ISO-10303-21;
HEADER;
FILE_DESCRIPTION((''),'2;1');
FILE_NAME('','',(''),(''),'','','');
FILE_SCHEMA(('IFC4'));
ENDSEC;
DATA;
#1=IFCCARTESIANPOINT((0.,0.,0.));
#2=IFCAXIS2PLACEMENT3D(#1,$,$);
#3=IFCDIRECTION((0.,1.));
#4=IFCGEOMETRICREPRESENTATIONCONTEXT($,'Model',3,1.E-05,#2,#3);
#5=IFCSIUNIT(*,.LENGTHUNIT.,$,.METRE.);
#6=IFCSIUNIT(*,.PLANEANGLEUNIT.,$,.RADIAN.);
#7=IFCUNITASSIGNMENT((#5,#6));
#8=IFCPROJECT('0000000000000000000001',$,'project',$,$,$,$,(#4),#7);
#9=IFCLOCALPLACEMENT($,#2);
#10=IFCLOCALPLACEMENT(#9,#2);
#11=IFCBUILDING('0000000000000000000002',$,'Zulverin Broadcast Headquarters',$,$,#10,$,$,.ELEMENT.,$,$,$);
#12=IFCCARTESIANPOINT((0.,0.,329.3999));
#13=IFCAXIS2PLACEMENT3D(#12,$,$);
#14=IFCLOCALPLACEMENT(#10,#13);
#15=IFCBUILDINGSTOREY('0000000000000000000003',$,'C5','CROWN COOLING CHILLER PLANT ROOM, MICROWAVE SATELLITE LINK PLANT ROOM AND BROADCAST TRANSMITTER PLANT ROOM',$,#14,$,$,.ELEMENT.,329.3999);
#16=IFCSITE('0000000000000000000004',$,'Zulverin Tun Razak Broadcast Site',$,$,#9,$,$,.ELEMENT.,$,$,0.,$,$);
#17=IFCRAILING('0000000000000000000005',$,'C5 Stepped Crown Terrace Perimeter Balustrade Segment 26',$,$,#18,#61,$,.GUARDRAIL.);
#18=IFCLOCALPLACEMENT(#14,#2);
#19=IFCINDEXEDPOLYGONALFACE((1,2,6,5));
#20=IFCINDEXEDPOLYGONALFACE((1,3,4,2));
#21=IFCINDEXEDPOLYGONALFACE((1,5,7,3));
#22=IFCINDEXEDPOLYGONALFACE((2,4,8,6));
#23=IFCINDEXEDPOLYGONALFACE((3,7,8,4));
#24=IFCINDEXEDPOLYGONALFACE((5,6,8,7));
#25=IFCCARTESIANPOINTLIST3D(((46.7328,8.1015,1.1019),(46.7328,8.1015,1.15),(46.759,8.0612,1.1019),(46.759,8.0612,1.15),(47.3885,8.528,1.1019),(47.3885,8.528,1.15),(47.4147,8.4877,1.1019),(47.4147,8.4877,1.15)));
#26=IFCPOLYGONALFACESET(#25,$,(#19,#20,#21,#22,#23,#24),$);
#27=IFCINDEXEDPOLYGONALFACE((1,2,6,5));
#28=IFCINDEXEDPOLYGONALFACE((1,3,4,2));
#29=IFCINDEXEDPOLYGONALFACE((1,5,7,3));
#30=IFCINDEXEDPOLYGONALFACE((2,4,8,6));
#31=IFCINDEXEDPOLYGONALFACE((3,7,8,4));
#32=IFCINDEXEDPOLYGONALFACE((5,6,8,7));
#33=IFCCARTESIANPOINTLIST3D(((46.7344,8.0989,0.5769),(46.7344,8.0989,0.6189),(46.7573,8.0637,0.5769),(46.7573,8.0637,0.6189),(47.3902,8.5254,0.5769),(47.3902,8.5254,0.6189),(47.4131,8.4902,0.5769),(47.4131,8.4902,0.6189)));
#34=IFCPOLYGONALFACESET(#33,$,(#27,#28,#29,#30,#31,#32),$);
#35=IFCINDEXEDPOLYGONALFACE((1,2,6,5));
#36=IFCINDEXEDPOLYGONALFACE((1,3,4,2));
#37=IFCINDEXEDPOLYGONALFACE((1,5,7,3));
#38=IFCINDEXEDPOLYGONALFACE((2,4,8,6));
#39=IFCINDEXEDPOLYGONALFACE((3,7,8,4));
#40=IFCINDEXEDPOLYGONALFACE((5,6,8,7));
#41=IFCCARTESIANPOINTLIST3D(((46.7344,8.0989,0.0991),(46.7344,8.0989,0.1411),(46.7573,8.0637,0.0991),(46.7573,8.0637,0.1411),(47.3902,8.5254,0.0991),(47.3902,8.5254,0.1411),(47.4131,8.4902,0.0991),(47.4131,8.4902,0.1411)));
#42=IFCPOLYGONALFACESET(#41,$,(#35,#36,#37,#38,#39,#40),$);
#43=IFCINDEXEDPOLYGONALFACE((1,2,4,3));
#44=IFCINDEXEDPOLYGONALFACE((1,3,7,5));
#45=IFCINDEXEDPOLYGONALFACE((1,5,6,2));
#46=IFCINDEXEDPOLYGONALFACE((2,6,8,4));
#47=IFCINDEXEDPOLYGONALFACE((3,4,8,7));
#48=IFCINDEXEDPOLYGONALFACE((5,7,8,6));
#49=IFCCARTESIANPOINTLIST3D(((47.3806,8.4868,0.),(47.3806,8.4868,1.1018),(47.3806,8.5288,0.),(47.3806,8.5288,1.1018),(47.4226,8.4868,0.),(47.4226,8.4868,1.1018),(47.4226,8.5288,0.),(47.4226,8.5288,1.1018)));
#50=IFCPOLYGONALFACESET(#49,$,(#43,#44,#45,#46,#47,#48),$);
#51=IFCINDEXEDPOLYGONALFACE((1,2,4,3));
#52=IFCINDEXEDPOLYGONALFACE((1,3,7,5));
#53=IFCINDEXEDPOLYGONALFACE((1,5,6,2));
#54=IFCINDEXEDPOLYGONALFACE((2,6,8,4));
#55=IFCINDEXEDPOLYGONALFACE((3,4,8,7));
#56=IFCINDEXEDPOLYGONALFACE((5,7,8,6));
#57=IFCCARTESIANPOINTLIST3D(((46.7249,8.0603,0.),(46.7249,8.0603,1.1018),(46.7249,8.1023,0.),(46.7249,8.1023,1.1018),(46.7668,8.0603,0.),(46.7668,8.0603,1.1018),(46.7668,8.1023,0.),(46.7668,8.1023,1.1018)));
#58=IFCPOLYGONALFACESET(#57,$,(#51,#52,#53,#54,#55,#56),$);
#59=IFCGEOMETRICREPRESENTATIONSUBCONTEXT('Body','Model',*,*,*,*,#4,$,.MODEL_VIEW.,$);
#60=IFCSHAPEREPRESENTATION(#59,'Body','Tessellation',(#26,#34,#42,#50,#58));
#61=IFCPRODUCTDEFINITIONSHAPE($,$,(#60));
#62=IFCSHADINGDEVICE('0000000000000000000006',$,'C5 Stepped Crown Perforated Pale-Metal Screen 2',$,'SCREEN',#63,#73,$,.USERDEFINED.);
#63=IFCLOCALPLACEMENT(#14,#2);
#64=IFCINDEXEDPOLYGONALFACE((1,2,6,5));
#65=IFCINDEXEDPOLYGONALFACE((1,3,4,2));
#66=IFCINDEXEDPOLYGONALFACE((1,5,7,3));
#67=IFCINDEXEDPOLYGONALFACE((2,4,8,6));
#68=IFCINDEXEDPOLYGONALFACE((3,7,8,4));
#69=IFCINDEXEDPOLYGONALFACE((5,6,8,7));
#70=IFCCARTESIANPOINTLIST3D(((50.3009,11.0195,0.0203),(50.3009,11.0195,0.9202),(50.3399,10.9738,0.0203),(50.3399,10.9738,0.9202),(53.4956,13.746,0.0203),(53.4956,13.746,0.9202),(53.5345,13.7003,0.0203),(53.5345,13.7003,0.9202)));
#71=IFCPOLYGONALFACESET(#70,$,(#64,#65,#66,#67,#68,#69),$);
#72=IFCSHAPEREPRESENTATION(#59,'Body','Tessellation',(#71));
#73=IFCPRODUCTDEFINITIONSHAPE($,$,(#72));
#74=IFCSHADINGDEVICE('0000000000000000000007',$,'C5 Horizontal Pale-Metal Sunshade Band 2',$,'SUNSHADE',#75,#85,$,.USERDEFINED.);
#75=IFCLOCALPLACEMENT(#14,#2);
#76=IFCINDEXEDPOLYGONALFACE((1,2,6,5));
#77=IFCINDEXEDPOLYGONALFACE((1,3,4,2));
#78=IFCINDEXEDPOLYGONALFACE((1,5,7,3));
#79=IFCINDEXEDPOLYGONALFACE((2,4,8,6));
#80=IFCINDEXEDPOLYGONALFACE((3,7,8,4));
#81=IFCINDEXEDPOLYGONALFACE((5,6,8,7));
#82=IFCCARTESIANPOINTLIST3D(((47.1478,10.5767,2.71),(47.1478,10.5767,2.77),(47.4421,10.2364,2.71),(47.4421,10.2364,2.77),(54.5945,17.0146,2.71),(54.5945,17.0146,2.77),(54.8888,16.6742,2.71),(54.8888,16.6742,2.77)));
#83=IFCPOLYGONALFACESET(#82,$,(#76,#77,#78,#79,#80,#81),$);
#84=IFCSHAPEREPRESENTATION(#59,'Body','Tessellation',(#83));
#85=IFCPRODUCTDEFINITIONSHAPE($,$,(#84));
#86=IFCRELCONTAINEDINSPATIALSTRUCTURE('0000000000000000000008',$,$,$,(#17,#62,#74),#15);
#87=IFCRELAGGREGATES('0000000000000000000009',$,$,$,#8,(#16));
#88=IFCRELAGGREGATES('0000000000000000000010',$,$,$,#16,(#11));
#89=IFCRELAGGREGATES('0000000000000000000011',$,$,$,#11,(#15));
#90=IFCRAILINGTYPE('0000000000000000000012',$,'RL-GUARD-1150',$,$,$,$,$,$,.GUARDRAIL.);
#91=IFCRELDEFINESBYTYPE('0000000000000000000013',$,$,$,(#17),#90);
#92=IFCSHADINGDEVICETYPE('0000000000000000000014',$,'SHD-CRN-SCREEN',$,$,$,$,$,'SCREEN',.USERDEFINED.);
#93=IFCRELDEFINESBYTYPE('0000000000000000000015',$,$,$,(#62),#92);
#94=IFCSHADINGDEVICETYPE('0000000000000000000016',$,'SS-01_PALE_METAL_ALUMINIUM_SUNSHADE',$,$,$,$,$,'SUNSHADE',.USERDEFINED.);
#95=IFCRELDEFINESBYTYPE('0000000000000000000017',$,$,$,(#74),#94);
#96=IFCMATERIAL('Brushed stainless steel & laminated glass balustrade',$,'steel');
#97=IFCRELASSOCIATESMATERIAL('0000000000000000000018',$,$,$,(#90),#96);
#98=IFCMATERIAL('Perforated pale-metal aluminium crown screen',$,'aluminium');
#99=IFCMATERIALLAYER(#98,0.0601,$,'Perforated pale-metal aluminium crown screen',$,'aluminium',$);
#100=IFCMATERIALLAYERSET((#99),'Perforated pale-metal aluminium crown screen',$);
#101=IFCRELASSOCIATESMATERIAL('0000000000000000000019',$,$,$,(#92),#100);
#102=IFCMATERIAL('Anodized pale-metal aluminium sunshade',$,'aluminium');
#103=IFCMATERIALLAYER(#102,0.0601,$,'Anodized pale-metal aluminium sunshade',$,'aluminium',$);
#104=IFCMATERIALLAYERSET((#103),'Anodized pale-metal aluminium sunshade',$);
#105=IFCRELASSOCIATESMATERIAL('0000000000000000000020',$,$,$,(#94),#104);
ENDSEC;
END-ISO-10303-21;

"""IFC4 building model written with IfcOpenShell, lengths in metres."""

from ifc_helpers import new_model, si_unit, direction, frame, origin, origin_2d, place, context, subcontext, project, spatial, rectangle, extrude, material, layer, layer_set, type_object, element, save


model = new_model("IFC4")

# Units and contexts
model_context = context("Model", 3, precision=1e-05, world=origin(), true_north=direction((0.0, 1.0)))
body_context = subcontext(model_context, "Body", "Model", "MODEL_VIEW")
ifc_project = project(units=[si_unit("LENGTHUNIT", "METRE"), si_unit("PLANEANGLEUNIT", "RADIAN")], contexts=[model_context])

# Site, building, storey
site_placement = place(None, origin())
site = spatial("IfcSite", under=ifc_project, at=site_placement, Name="Zulverin Tun Razak Broadcast Site", CompositionType="ELEMENT", RefElevation=0.0)
building_placement = place(site_placement, origin())
building = spatial("IfcBuilding", under=site, at=building_placement, Name="Zulverin Broadcast Headquarters", CompositionType="ELEMENT")
storey_placement = place(building_placement, frame((0.0, 0.0, 329.3999)))
storey = spatial("IfcBuildingStorey", under=building, at=storey_placement, Name="C5", Description="CROWN COOLING CHILLER PLANT ROOM, MICROWAVE SATELLITE LINK PLANT ROOM AND BROADCAST TRANSMITTER PLANT ROOM", CompositionType="ELEMENT", Elevation=329.3999)

# Railing
ifc_material_1 = material(Name="Brushed stainless steel & laminated glass balustrade", Category="steel")
railing_type = type_object("IfcRailingType", Name="RL-GUARD-1150", PredefinedType="GUARDRAIL", material=ifc_material_1)
railing_1_placement = place(storey_placement, frame((47.4016, 8.5078, 0.0)))
element("IfcRailing", 1, at=railing_1_placement, inside=storey, type_object=railing_type, Name="C5 Stepped Crown Terrace Perimeter Balustrade Segment 26", PredefinedType="GUARDRAIL", context=body_context, shape_type="SweptSolid", body=[
    extrude(rectangle(XDim=0.0481, YDim=0.0481, at=origin_2d()), frame((0.0, 0.0, 1.126), z_axis=(-0.838287, -0.54523, 0.0), x_axis=(0.54523, -0.838287, 0.0)), (0.0, 0.0, 1.0), 0.7822),
    extrude(rectangle(XDim=0.042, YDim=0.042, at=origin_2d()), frame((0.0, 0.0, 0.5979), z_axis=(-0.838287, -0.54523, 0.0), x_axis=(0.54523, -0.838287, 0.0)), (0.0, 0.0, 1.0), 0.7822),
    extrude(rectangle(XDim=0.042, YDim=0.042, at=origin_2d()), frame((0.0, 0.0, 0.1201), z_axis=(-0.838287, -0.54523, 0.0), x_axis=(0.54523, -0.838287, 0.0)), (0.0, 0.0, 1.0), 0.7822),
    extrude(rectangle(XDim=0.042, YDim=0.042, at=origin_2d()), origin(), (0.0, 0.0, 1.0), 1.1018),
    extrude(rectangle(XDim=0.042, YDim=0.042, at=origin_2d()), frame((-0.6558, -0.4265, 0.0)), (0.0, 0.0, 1.0), 1.1018),
])

# Shading devices
ifc_material_2 = material(Name="Perforated pale-metal aluminium crown screen", Category="aluminium")
ifc_layer_1 = layer(ifc_material_2, 0.0601, Name="Perforated pale-metal aluminium crown screen", Category="aluminium")
ifc_layer_set_1 = layer_set([ifc_layer_1], Name="Perforated pale-metal aluminium crown screen")
shading_device_type_1 = type_object("IfcShadingDeviceType", Name="SHD-CRN-SCREEN", ElementType="SCREEN", PredefinedType="USERDEFINED", material=ifc_layer_set_1)
shading_device_1_placement = place(storey_placement, frame((51.9177, 12.3599, 0.0203), z_axis=(0.0, 0.0, 1.0), x_axis=(0.760641, 0.649173, 0.0)))
element("IfcShadingDevice", 2, at=shading_device_1_placement, inside=storey, type_object=shading_device_type_1, Name="C5 Stepped Crown Perforated Pale-Metal Screen 2", ObjectType="SCREEN", PredefinedType="USERDEFINED", context=body_context, shape_type="SweptSolid", body=[
    extrude(rectangle(XDim=4.2, YDim=0.0601, at=origin_2d()), origin(), (0.0, 0.0, 1.0), 0.8999),
])
ifc_material_3 = material(Name="Anodized pale-metal aluminium sunshade", Category="aluminium")
ifc_layer_2 = layer(ifc_material_3, 0.0601, Name="Anodized pale-metal aluminium sunshade", Category="aluminium")
ifc_layer_set_2 = layer_set([ifc_layer_2], Name="Anodized pale-metal aluminium sunshade")
shading_device_type_2 = type_object("IfcShadingDeviceType", Name="SS-01_PALE_METAL_ALUMINIUM_SUNSHADE", ElementType="SUNSHADE", PredefinedType="USERDEFINED", material=ifc_layer_set_2)
shading_device_2_placement = place(storey_placement, frame((51.0183, 13.6255, 2.71), z_axis=(0.0, 0.0, 1.0), x_axis=(0.756488, 0.654007, 0.0)))
element("IfcShadingDevice", 3, at=shading_device_2_placement, inside=storey, type_object=shading_device_type_2, Name="C5 Horizontal Pale-Metal Sunshade Band 2", ObjectType="SUNSHADE", PredefinedType="USERDEFINED", context=body_context, shape_type="SweptSolid", body=[
    extrude(rectangle(XDim=9.8438, YDim=0.45, at=origin_2d()), origin(), (0.0, 0.0, 1.0), 0.0601),
])

save(model, "model.ifc")
